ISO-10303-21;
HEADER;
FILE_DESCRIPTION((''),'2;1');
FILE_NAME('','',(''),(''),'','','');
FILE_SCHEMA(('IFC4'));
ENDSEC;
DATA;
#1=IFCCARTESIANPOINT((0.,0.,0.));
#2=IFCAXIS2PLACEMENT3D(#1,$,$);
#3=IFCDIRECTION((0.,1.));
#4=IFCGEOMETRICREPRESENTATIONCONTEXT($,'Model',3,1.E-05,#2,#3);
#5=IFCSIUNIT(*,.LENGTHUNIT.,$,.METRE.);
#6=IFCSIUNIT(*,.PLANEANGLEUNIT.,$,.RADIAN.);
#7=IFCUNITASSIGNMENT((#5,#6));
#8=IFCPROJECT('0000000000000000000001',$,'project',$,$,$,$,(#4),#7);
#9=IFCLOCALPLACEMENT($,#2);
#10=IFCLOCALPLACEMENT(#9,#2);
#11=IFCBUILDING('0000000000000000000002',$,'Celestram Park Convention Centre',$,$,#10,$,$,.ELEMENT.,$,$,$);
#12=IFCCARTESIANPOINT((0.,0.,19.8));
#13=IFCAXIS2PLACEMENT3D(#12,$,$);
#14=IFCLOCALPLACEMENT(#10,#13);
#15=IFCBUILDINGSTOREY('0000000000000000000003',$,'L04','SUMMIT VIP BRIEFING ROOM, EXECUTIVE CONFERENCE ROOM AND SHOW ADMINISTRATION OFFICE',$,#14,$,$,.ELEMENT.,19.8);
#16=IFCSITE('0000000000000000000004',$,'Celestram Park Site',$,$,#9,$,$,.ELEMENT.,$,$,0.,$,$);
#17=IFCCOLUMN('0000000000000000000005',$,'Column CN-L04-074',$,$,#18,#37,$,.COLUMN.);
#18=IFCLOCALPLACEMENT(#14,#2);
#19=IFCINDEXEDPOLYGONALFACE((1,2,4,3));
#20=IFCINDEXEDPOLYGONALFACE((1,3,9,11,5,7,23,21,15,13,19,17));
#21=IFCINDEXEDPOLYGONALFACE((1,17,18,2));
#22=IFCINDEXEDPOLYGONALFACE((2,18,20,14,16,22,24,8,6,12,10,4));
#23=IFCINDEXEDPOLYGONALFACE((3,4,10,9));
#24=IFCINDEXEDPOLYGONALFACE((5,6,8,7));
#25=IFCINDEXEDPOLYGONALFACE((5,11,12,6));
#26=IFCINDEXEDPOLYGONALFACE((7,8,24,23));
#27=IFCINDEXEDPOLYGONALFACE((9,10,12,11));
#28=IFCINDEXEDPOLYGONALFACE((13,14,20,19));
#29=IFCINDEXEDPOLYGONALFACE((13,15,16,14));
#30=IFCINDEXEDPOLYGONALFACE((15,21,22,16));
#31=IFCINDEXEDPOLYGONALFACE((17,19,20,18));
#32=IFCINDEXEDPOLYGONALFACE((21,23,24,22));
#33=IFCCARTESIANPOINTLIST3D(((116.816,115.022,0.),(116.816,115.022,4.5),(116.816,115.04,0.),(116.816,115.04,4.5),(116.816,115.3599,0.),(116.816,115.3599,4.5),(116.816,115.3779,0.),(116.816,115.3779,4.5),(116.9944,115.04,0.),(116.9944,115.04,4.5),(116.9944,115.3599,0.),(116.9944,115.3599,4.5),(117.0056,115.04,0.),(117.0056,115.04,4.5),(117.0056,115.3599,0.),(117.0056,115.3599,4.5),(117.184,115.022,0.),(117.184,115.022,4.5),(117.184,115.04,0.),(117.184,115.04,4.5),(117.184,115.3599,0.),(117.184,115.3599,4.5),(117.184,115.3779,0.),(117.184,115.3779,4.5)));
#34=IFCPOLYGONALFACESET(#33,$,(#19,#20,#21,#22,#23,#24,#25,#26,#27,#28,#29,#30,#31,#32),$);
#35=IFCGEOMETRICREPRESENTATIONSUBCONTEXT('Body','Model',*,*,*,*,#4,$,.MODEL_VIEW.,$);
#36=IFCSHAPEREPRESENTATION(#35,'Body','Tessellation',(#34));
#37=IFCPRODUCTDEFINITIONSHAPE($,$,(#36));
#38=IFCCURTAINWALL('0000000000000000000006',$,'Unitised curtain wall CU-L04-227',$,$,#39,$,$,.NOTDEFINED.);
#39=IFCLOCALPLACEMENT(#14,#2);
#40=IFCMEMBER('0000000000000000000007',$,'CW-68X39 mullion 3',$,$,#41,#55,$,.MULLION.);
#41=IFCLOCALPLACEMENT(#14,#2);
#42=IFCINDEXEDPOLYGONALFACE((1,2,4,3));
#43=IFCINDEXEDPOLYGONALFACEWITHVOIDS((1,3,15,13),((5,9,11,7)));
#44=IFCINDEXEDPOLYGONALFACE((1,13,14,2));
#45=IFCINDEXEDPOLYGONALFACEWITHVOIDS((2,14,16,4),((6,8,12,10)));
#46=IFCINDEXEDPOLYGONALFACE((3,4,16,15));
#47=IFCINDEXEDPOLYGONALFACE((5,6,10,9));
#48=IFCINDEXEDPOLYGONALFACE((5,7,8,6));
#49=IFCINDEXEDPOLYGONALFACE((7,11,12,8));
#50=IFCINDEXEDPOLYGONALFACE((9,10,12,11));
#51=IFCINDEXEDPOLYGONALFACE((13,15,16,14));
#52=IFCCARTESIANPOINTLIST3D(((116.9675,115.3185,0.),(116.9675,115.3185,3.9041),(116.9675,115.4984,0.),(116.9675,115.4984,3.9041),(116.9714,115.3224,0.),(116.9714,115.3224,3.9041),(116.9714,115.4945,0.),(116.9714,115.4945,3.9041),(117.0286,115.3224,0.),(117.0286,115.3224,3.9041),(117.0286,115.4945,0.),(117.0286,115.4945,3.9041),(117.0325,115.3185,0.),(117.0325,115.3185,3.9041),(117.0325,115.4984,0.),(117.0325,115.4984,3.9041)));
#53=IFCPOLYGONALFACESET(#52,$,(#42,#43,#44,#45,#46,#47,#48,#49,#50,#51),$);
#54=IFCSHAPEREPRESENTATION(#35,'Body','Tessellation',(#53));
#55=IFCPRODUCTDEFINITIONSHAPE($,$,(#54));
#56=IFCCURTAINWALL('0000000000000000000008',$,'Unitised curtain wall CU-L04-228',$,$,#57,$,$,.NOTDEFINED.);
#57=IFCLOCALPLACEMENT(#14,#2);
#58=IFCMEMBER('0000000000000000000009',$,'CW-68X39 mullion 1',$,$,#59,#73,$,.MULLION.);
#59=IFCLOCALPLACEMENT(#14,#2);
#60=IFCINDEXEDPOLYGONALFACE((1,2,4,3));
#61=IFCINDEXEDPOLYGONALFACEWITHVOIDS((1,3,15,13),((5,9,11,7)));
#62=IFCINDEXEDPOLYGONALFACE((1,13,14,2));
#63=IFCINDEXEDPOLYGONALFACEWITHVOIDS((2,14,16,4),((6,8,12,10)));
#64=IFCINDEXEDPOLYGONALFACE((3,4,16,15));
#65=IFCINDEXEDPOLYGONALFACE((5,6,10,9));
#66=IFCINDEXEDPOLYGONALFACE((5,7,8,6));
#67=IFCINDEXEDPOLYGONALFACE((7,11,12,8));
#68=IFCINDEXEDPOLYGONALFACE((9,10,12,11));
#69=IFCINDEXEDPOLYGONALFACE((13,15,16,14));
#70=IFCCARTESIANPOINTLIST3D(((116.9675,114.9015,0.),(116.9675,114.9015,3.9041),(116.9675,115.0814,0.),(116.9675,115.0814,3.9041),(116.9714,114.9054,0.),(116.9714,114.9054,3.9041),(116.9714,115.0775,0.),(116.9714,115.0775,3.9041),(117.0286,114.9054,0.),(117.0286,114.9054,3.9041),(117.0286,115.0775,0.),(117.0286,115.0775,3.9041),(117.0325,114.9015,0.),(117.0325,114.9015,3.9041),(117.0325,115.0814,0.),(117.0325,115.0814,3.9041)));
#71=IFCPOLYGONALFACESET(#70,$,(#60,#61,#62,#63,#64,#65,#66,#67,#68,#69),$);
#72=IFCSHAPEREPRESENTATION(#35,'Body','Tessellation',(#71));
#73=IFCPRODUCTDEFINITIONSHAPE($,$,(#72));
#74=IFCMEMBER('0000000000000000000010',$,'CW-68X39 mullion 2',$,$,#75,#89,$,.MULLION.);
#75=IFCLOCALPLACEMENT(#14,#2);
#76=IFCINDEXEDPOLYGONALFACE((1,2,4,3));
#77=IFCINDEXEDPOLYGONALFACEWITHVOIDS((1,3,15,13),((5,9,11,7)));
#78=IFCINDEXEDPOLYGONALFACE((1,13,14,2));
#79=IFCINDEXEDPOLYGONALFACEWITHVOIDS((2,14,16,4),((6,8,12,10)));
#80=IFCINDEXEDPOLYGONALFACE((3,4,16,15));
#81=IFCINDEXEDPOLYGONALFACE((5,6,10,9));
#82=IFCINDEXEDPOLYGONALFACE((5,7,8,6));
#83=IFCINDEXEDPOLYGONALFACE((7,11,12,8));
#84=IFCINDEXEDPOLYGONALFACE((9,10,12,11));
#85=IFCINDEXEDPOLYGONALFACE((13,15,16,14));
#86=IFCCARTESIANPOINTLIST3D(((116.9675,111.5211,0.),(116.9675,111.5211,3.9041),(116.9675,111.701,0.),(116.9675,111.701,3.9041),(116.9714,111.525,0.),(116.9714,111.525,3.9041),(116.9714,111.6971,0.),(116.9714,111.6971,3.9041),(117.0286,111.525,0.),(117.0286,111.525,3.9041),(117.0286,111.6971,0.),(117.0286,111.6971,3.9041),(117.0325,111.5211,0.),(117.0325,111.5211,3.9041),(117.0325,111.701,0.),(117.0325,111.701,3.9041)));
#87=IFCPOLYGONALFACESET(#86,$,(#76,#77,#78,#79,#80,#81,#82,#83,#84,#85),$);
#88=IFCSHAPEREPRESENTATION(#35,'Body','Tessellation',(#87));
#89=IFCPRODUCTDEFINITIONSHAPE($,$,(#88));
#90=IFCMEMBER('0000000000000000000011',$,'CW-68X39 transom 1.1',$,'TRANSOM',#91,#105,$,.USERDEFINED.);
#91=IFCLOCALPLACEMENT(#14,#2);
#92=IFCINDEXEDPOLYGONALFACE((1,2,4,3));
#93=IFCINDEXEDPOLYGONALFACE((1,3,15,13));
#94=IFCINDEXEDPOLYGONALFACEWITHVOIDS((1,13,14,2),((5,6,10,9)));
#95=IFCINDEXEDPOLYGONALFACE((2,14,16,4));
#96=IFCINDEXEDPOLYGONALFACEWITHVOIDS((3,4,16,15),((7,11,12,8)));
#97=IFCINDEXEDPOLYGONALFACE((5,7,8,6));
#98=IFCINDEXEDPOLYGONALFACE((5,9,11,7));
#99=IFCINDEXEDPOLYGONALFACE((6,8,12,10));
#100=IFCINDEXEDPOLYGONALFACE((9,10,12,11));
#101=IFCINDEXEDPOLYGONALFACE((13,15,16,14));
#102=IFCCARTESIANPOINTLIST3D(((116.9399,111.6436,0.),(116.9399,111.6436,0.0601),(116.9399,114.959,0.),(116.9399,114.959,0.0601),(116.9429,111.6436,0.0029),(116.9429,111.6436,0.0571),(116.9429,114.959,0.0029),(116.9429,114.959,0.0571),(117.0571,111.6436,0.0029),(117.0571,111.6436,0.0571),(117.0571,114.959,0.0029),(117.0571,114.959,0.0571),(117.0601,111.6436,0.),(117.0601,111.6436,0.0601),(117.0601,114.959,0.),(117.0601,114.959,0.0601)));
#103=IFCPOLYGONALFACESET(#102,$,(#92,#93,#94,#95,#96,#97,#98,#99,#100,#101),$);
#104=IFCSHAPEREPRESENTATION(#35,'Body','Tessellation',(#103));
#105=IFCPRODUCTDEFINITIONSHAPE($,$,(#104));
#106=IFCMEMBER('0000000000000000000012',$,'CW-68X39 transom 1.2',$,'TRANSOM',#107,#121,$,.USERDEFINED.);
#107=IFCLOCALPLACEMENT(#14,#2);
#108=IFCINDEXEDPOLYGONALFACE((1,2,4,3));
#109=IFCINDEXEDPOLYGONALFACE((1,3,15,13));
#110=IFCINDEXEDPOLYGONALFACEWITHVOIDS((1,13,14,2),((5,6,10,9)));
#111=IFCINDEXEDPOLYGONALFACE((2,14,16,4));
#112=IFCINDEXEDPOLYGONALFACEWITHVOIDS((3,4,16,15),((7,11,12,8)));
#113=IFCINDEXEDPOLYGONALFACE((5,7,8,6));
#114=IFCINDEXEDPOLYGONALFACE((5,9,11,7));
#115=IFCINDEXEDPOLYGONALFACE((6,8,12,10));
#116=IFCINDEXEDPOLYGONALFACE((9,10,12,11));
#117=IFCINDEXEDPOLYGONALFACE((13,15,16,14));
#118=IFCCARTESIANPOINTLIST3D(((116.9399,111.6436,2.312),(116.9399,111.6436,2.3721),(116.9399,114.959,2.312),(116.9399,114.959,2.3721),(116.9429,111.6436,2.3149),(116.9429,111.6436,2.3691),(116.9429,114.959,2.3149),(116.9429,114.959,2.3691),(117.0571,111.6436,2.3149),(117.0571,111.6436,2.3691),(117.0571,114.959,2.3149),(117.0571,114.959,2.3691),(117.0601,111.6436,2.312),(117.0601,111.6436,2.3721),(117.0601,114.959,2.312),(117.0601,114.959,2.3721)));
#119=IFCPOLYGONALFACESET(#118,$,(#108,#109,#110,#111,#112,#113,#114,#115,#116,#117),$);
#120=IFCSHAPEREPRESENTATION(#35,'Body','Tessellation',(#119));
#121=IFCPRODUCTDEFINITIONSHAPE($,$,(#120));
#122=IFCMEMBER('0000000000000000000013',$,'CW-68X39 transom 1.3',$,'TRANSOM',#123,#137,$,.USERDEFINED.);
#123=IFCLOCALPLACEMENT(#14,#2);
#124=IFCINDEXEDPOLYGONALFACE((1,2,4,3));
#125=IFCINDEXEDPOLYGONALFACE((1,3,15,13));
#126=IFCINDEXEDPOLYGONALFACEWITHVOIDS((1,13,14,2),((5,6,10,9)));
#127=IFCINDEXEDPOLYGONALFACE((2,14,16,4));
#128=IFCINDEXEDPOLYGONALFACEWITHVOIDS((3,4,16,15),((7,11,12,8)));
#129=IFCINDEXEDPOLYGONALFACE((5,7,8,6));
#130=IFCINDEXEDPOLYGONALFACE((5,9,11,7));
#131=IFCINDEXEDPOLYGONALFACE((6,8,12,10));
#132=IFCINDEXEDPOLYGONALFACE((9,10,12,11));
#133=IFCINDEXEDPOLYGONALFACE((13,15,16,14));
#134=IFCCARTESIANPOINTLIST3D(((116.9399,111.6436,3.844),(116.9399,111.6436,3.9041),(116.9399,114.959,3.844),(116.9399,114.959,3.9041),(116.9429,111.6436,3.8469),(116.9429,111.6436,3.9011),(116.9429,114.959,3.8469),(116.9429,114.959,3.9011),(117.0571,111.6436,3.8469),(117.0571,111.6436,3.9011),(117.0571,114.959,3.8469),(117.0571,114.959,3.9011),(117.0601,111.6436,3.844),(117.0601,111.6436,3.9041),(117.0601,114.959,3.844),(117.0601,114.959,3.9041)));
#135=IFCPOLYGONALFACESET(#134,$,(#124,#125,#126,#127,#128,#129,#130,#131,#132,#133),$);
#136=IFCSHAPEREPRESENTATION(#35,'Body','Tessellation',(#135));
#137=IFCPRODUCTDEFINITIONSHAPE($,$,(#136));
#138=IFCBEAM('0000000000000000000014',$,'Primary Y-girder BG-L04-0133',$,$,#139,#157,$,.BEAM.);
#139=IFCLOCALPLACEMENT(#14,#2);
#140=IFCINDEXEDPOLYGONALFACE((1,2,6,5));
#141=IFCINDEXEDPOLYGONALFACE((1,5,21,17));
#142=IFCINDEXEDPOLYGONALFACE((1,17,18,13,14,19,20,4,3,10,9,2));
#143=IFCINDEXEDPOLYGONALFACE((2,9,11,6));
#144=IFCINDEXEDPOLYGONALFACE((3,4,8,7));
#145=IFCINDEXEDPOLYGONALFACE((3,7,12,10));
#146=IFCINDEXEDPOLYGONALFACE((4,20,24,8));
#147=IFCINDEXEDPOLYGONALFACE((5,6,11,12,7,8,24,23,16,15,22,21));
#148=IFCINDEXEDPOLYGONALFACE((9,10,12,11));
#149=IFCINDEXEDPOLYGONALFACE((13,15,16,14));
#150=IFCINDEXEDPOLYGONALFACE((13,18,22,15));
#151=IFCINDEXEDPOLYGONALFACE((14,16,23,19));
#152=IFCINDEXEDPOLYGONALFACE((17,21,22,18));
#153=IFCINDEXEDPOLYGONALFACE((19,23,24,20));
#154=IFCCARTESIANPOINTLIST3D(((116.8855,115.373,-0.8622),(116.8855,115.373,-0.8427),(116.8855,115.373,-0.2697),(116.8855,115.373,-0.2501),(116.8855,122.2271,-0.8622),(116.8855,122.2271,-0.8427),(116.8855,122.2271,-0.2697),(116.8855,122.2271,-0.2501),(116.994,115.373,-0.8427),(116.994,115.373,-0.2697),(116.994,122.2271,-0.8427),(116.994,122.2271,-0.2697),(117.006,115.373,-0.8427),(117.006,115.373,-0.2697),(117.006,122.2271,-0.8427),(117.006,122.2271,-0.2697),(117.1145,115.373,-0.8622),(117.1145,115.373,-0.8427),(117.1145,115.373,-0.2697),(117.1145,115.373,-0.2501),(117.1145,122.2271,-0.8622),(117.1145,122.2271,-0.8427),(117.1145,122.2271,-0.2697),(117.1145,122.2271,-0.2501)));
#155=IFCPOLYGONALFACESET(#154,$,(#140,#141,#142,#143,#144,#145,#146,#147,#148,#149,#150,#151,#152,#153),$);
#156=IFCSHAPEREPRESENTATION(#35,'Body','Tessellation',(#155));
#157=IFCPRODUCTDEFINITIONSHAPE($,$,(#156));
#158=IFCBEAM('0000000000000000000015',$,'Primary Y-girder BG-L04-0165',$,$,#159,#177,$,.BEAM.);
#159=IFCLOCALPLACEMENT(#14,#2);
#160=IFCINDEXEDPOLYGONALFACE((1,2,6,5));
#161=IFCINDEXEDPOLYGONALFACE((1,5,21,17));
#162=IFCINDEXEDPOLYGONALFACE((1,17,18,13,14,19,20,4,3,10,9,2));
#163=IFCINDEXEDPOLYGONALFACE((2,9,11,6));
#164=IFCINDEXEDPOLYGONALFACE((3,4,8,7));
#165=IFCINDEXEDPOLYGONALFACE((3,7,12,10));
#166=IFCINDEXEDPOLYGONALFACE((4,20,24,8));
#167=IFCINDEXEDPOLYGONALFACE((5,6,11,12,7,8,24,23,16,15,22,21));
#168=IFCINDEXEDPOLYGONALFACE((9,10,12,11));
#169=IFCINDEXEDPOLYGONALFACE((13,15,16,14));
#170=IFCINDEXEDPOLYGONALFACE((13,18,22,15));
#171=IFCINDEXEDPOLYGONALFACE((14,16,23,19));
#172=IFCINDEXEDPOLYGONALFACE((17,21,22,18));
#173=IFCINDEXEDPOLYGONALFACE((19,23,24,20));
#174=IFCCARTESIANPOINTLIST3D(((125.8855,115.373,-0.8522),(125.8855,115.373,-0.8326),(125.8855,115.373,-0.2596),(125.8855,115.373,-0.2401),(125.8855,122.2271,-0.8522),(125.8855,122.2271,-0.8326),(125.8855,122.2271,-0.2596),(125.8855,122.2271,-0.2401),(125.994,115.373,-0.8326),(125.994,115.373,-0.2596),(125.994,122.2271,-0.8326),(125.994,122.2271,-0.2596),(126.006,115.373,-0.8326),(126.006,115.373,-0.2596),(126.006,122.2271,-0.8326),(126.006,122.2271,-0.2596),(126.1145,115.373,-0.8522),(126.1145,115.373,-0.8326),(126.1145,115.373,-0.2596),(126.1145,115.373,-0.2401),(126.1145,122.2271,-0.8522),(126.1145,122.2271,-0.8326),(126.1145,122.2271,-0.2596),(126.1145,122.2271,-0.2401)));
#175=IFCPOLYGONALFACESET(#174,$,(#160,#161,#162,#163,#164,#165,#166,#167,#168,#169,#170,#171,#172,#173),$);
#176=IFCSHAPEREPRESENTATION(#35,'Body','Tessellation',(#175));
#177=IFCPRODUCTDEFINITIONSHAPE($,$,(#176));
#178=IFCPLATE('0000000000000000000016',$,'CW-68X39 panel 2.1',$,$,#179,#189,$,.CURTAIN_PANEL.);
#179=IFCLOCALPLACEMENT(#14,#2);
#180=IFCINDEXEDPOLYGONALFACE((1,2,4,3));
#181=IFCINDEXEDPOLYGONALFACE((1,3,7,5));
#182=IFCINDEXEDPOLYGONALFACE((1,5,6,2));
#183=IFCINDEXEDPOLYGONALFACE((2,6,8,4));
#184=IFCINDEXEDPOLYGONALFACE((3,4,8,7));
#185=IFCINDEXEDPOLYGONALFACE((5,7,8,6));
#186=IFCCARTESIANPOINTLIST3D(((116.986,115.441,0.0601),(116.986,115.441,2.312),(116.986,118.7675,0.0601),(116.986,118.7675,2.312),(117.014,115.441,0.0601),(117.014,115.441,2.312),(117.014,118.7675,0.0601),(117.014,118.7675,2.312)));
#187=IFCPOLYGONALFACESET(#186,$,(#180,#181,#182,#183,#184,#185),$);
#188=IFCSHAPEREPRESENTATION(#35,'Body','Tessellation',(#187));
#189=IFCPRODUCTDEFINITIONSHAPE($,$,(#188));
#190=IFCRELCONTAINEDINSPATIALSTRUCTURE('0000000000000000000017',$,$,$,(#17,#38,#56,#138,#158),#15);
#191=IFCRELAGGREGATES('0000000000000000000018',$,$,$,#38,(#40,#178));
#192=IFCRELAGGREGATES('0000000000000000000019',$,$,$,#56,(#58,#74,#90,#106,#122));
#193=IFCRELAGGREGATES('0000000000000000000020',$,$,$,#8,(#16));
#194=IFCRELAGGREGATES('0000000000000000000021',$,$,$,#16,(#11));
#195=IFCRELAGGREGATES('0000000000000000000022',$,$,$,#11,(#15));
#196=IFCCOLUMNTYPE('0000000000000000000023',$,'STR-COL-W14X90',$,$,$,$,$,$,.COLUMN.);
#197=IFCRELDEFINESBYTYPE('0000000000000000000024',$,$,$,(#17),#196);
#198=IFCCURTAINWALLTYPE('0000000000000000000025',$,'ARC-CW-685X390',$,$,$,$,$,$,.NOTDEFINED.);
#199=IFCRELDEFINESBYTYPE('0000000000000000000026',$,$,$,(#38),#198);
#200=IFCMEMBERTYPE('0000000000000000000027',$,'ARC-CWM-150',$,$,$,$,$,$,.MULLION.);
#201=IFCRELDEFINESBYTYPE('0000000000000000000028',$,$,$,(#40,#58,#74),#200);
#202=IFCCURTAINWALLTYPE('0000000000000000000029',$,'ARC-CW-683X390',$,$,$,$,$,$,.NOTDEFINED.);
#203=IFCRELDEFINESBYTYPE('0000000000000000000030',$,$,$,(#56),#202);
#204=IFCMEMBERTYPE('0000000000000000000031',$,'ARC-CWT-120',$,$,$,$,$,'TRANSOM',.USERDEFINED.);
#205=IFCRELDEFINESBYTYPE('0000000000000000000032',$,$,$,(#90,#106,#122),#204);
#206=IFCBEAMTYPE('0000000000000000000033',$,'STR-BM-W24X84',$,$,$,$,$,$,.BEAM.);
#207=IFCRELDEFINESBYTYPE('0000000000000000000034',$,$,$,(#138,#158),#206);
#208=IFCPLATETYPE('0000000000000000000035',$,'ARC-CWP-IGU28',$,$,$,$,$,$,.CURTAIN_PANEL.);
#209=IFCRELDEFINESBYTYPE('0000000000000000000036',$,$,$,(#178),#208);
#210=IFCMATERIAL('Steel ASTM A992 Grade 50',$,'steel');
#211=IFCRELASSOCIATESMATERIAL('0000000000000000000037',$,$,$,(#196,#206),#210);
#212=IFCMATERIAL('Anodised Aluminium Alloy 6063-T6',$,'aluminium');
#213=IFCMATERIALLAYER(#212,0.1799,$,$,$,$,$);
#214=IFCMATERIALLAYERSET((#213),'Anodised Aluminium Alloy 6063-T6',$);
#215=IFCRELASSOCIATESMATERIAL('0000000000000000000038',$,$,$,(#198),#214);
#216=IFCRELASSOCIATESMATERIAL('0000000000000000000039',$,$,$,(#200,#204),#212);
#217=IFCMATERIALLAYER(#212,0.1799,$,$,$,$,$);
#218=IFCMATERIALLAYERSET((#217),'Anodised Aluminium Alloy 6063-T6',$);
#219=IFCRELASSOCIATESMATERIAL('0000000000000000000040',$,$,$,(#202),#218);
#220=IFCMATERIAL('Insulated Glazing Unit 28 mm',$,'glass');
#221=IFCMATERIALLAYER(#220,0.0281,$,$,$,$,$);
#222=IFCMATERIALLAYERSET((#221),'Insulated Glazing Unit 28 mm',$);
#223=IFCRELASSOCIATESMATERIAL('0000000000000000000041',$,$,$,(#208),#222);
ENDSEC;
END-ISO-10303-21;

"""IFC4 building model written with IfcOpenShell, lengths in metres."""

from ifc_helpers import new_model, si_unit, direction, frame, origin, origin_2d, place, context, subcontext, project, spatial, rectangle, hollow_rectangle, i_section, extrude, material, layer, layer_set, material_profile, profile_set, type_object, element, aggregate, save


model = new_model("IFC4")

# Units and contexts
model_context = context("Model", 3, precision=1e-05, world=origin(), true_north=direction((0.0, 1.0)))
body_context = subcontext(model_context, "Body", "Model", "MODEL_VIEW")
ifc_project = project(units=[si_unit("LENGTHUNIT", "METRE"), si_unit("PLANEANGLEUNIT", "RADIAN")], contexts=[model_context])

# Site, building, storey
site_placement = place(None, origin())
site = spatial("IfcSite", under=ifc_project, at=site_placement, Name="Celestram Park Site", CompositionType="ELEMENT", RefElevation=0.0)
building_placement = place(site_placement, origin())
building = spatial("IfcBuilding", under=site, at=building_placement, Name="Celestram Park Convention Centre", CompositionType="ELEMENT")
storey_placement = place(building_placement, frame((0.0, 0.0, 19.8)))
storey = spatial("IfcBuildingStorey", under=building, at=storey_placement, Name="L04", Description="SUMMIT VIP BRIEFING ROOM, EXECUTIVE CONFERENCE ROOM AND SHOW ADMINISTRATION OFFICE", CompositionType="ELEMENT", Elevation=19.8)

# Column
ifc_material_1 = material(Name="Steel ASTM A992 Grade 50", Category="steel")
ifc_material_profile_1 = material_profile(ifc_material_1, i_section(OverallWidth=0.3679, OverallDepth=0.356, WebThickness=0.0112, FlangeThickness=0.0181, at=origin_2d()), Name="W14X90")
ifc_profile_set_1 = profile_set([ifc_material_profile_1], Name="Steel ASTM A992 Grade 50")
column_type = type_object("IfcColumnType", Name="STR-COL-W14X90", PredefinedType="COLUMN", material=ifc_profile_set_1)
column_placement = place(storey_placement, frame((117.0, 115.2, 0.0), z_axis=(0.0, 0.0, 1.0), x_axis=(1.0, 0.0, 0.0)))
element("IfcColumn", 1, at=column_placement, inside=storey, type_object=column_type, Name="Column CN-L04-074", PredefinedType="COLUMN", context=body_context, shape_type="SweptSolid", body=[
    extrude(i_section(OverallWidth=0.3679, OverallDepth=0.356, WebThickness=0.0112, FlangeThickness=0.0181, at=origin_2d()), origin(), (0.0, 0.0, 1.0), 4.5),
])

# Curtain wall, member
ifc_material_2 = material(Name="Anodised Aluminium Alloy 6063-T6", Category="aluminium")
ifc_layer_1 = layer(ifc_material_2, 0.1799)
ifc_layer_set_1 = layer_set([ifc_layer_1], Name="Anodised Aluminium Alloy 6063-T6")
curtain_wall_type_1 = type_object("IfcCurtainWallType", Name="ARC-CW-685X390", PredefinedType="NOTDEFINED", material=ifc_layer_set_1)
curtain_wall_1_placement = place(storey_placement, origin())
curtain_wall_1 = element("IfcCurtainWall", 2, at=curtain_wall_1_placement, inside=storey, type_object=curtain_wall_type_1, Name="Unitised curtain wall CU-L04-227", PredefinedType="NOTDEFINED")
ifc_material_profile_2 = material_profile(ifc_material_2, hollow_rectangle(XDim=0.0649, YDim=0.1799, WallThickness=0.0039, at=origin_2d()), Name="ALU65X180X4")
ifc_profile_set_2 = profile_set([ifc_material_profile_2], Name="Anodised Aluminium Alloy 6063-T6")
member_type_1 = type_object("IfcMemberType", Name="ARC-CWM-150", PredefinedType="MULLION", material=ifc_profile_set_2)
member_1_placement = place(storey_placement, frame((117.0, 115.4084, 0.0), z_axis=(0.0, 0.0, 1.0), x_axis=(1.0, 0.0, 0.0)))
member_1 = element("IfcMember", 3, at=member_1_placement, type_object=member_type_1, Name="CW-68X39 mullion 3", PredefinedType="MULLION", context=body_context, shape_type="SweptSolid", body=[
    extrude(hollow_rectangle(XDim=0.0649, YDim=0.1799, WallThickness=0.0039, at=origin_2d()), origin(), (0.0, 0.0, 1.0), 3.9041),
])

# Curtain wall, members
ifc_layer_2 = layer(ifc_material_2, 0.1799)
ifc_layer_set_2 = layer_set([ifc_layer_2], Name="Anodised Aluminium Alloy 6063-T6")
curtain_wall_type_2 = type_object("IfcCurtainWallType", Name="ARC-CW-683X390", PredefinedType="NOTDEFINED", material=ifc_layer_set_2)
curtain_wall_2_placement = place(storey_placement, origin())
curtain_wall_2 = element("IfcCurtainWall", 4, at=curtain_wall_2_placement, inside=storey, type_object=curtain_wall_type_2, Name="Unitised curtain wall CU-L04-228", PredefinedType="NOTDEFINED")
member_2_placement = place(storey_placement, frame((117.0, 114.9915, 0.0), z_axis=(0.0, 0.0, 1.0), x_axis=(1.0, 0.0, 0.0)))
member_2 = element("IfcMember", 5, at=member_2_placement, type_object=member_type_1, Name="CW-68X39 mullion 1", PredefinedType="MULLION", context=body_context, shape_type="SweptSolid", body=[
    extrude(hollow_rectangle(XDim=0.0649, YDim=0.1799, WallThickness=0.0039, at=origin_2d()), origin(), (0.0, 0.0, 1.0), 3.9041),
])
member_3_placement = place(storey_placement, frame((117.0, 111.6111, 0.0), z_axis=(0.0, 0.0, 1.0), x_axis=(1.0, 0.0, 0.0)))
member_3 = element("IfcMember", 6, at=member_3_placement, type_object=member_type_1, Name="CW-68X39 mullion 2", PredefinedType="MULLION", context=body_context, shape_type="SweptSolid", body=[
    extrude(hollow_rectangle(XDim=0.0649, YDim=0.1799, WallThickness=0.0039, at=origin_2d()), origin(), (0.0, 0.0, 1.0), 3.9041),
])
ifc_material_profile_3 = material_profile(ifc_material_2, hollow_rectangle(XDim=0.1201, YDim=0.0601, WallThickness=0.0029, at=origin_2d()), Name="ALU120X60X3")
ifc_profile_set_3 = profile_set([ifc_material_profile_3], Name="Anodised Aluminium Alloy 6063-T6")
member_type_2 = type_object("IfcMemberType", Name="ARC-CWT-120", ElementType="TRANSOM", PredefinedType="USERDEFINED", material=ifc_profile_set_3)
member_4_placement = place(storey_placement, frame((117.0, 114.959, 0.03), z_axis=(0.0, -1.0, 0.0), x_axis=(1.0, 0.0, 0.0)))
member_4 = element("IfcMember", 7, at=member_4_placement, type_object=member_type_2, Name="CW-68X39 transom 1.1", ObjectType="TRANSOM", PredefinedType="USERDEFINED", context=body_context, shape_type="SweptSolid", body=[
    extrude(hollow_rectangle(XDim=0.1201, YDim=0.0601, WallThickness=0.0029, at=origin_2d()), origin(), (0.0, 0.0, 1.0), 3.3154),
])
member_5_placement = place(storey_placement, frame((117.0, 114.959, 2.342), z_axis=(0.0, -1.0, 0.0), x_axis=(1.0, 0.0, 0.0)))
member_5 = element("IfcMember", 8, at=member_5_placement, type_object=member_type_2, Name="CW-68X39 transom 1.2", ObjectType="TRANSOM", PredefinedType="USERDEFINED", context=body_context, shape_type="SweptSolid", body=[
    extrude(hollow_rectangle(XDim=0.1201, YDim=0.0601, WallThickness=0.0029, at=origin_2d()), origin(), (0.0, 0.0, 1.0), 3.3154),
])
member_6_placement = place(storey_placement, frame((117.0, 114.959, 3.874), z_axis=(0.0, -1.0, 0.0), x_axis=(1.0, 0.0, 0.0)))
member_6 = element("IfcMember", 9, at=member_6_placement, type_object=member_type_2, Name="CW-68X39 transom 1.3", ObjectType="TRANSOM", PredefinedType="USERDEFINED", context=body_context, shape_type="SweptSolid", body=[
    extrude(hollow_rectangle(XDim=0.1201, YDim=0.0601, WallThickness=0.0029, at=origin_2d()), origin(), (0.0, 0.0, 1.0), 3.3154),
])

# Beams
ifc_material_profile_4 = material_profile(ifc_material_1, i_section(OverallWidth=0.229, OverallDepth=0.6121, WebThickness=0.012, FlangeThickness=0.0195, at=origin_2d()), Name="W24X84")
ifc_profile_set_4 = profile_set([ifc_material_profile_4], Name="Steel ASTM A992 Grade 50")
beam_type = type_object("IfcBeamType", Name="STR-BM-W24X84", PredefinedType="BEAM", material=ifc_profile_set_4)
for number, where, z_axis, x_axis, name in (
    (10, (117.0, 115.373, -0.5562), (0.0, 1.0, 0.0), (-1.0, 0.0, 0.0), "Primary Y-girder BG-L04-0133"),
    (11, (126.0, 115.373, -0.5461), (0.0, 1.0, 0.0), (-1.0, 0.0, 0.0), "Primary Y-girder BG-L04-0165"),
):
    element("IfcBeam", number, at=place(storey_placement, frame(where, z_axis=z_axis, x_axis=x_axis)), inside=storey, type_object=beam_type, Name=name, PredefinedType="BEAM", context=body_context, shape_type="SweptSolid", body=[
        extrude(i_section(OverallWidth=0.229, OverallDepth=0.6121, WebThickness=0.012, FlangeThickness=0.0195, at=origin_2d()), origin(), (0.0, 0.0, 1.0), 6.854),
    ])

# Plate
ifc_material_3 = material(Name="Insulated Glazing Unit 28 mm", Category="glass")
ifc_layer_3 = layer(ifc_material_3, 0.0281)
ifc_layer_set_3 = layer_set([ifc_layer_3], Name="Insulated Glazing Unit 28 mm")
plate_type = type_object("IfcPlateType", Name="ARC-CWP-IGU28", PredefinedType="CURTAIN_PANEL", material=ifc_layer_set_3)
plate_1_placement = place(storey_placement, frame((117.0, 117.1042, 0.0601), z_axis=(0.0, 0.0, 1.0), x_axis=(0.0, -1.0, 0.0)))
plate_1 = element("IfcPlate", 12, at=plate_1_placement, type_object=plate_type, Name="CW-68X39 panel 2.1", PredefinedType="CURTAIN_PANEL", context=body_context, shape_type="SweptSolid", body=[
    extrude(rectangle(XDim=3.3264, YDim=0.0281, at=origin_2d()), origin(), (0.0, 0.0, 1.0), 2.252),
])
aggregate(curtain_wall_1, [member_1, plate_1])
aggregate(curtain_wall_2, [member_2, member_3, member_4, member_5, member_6])

save(model, "model.ifc")
